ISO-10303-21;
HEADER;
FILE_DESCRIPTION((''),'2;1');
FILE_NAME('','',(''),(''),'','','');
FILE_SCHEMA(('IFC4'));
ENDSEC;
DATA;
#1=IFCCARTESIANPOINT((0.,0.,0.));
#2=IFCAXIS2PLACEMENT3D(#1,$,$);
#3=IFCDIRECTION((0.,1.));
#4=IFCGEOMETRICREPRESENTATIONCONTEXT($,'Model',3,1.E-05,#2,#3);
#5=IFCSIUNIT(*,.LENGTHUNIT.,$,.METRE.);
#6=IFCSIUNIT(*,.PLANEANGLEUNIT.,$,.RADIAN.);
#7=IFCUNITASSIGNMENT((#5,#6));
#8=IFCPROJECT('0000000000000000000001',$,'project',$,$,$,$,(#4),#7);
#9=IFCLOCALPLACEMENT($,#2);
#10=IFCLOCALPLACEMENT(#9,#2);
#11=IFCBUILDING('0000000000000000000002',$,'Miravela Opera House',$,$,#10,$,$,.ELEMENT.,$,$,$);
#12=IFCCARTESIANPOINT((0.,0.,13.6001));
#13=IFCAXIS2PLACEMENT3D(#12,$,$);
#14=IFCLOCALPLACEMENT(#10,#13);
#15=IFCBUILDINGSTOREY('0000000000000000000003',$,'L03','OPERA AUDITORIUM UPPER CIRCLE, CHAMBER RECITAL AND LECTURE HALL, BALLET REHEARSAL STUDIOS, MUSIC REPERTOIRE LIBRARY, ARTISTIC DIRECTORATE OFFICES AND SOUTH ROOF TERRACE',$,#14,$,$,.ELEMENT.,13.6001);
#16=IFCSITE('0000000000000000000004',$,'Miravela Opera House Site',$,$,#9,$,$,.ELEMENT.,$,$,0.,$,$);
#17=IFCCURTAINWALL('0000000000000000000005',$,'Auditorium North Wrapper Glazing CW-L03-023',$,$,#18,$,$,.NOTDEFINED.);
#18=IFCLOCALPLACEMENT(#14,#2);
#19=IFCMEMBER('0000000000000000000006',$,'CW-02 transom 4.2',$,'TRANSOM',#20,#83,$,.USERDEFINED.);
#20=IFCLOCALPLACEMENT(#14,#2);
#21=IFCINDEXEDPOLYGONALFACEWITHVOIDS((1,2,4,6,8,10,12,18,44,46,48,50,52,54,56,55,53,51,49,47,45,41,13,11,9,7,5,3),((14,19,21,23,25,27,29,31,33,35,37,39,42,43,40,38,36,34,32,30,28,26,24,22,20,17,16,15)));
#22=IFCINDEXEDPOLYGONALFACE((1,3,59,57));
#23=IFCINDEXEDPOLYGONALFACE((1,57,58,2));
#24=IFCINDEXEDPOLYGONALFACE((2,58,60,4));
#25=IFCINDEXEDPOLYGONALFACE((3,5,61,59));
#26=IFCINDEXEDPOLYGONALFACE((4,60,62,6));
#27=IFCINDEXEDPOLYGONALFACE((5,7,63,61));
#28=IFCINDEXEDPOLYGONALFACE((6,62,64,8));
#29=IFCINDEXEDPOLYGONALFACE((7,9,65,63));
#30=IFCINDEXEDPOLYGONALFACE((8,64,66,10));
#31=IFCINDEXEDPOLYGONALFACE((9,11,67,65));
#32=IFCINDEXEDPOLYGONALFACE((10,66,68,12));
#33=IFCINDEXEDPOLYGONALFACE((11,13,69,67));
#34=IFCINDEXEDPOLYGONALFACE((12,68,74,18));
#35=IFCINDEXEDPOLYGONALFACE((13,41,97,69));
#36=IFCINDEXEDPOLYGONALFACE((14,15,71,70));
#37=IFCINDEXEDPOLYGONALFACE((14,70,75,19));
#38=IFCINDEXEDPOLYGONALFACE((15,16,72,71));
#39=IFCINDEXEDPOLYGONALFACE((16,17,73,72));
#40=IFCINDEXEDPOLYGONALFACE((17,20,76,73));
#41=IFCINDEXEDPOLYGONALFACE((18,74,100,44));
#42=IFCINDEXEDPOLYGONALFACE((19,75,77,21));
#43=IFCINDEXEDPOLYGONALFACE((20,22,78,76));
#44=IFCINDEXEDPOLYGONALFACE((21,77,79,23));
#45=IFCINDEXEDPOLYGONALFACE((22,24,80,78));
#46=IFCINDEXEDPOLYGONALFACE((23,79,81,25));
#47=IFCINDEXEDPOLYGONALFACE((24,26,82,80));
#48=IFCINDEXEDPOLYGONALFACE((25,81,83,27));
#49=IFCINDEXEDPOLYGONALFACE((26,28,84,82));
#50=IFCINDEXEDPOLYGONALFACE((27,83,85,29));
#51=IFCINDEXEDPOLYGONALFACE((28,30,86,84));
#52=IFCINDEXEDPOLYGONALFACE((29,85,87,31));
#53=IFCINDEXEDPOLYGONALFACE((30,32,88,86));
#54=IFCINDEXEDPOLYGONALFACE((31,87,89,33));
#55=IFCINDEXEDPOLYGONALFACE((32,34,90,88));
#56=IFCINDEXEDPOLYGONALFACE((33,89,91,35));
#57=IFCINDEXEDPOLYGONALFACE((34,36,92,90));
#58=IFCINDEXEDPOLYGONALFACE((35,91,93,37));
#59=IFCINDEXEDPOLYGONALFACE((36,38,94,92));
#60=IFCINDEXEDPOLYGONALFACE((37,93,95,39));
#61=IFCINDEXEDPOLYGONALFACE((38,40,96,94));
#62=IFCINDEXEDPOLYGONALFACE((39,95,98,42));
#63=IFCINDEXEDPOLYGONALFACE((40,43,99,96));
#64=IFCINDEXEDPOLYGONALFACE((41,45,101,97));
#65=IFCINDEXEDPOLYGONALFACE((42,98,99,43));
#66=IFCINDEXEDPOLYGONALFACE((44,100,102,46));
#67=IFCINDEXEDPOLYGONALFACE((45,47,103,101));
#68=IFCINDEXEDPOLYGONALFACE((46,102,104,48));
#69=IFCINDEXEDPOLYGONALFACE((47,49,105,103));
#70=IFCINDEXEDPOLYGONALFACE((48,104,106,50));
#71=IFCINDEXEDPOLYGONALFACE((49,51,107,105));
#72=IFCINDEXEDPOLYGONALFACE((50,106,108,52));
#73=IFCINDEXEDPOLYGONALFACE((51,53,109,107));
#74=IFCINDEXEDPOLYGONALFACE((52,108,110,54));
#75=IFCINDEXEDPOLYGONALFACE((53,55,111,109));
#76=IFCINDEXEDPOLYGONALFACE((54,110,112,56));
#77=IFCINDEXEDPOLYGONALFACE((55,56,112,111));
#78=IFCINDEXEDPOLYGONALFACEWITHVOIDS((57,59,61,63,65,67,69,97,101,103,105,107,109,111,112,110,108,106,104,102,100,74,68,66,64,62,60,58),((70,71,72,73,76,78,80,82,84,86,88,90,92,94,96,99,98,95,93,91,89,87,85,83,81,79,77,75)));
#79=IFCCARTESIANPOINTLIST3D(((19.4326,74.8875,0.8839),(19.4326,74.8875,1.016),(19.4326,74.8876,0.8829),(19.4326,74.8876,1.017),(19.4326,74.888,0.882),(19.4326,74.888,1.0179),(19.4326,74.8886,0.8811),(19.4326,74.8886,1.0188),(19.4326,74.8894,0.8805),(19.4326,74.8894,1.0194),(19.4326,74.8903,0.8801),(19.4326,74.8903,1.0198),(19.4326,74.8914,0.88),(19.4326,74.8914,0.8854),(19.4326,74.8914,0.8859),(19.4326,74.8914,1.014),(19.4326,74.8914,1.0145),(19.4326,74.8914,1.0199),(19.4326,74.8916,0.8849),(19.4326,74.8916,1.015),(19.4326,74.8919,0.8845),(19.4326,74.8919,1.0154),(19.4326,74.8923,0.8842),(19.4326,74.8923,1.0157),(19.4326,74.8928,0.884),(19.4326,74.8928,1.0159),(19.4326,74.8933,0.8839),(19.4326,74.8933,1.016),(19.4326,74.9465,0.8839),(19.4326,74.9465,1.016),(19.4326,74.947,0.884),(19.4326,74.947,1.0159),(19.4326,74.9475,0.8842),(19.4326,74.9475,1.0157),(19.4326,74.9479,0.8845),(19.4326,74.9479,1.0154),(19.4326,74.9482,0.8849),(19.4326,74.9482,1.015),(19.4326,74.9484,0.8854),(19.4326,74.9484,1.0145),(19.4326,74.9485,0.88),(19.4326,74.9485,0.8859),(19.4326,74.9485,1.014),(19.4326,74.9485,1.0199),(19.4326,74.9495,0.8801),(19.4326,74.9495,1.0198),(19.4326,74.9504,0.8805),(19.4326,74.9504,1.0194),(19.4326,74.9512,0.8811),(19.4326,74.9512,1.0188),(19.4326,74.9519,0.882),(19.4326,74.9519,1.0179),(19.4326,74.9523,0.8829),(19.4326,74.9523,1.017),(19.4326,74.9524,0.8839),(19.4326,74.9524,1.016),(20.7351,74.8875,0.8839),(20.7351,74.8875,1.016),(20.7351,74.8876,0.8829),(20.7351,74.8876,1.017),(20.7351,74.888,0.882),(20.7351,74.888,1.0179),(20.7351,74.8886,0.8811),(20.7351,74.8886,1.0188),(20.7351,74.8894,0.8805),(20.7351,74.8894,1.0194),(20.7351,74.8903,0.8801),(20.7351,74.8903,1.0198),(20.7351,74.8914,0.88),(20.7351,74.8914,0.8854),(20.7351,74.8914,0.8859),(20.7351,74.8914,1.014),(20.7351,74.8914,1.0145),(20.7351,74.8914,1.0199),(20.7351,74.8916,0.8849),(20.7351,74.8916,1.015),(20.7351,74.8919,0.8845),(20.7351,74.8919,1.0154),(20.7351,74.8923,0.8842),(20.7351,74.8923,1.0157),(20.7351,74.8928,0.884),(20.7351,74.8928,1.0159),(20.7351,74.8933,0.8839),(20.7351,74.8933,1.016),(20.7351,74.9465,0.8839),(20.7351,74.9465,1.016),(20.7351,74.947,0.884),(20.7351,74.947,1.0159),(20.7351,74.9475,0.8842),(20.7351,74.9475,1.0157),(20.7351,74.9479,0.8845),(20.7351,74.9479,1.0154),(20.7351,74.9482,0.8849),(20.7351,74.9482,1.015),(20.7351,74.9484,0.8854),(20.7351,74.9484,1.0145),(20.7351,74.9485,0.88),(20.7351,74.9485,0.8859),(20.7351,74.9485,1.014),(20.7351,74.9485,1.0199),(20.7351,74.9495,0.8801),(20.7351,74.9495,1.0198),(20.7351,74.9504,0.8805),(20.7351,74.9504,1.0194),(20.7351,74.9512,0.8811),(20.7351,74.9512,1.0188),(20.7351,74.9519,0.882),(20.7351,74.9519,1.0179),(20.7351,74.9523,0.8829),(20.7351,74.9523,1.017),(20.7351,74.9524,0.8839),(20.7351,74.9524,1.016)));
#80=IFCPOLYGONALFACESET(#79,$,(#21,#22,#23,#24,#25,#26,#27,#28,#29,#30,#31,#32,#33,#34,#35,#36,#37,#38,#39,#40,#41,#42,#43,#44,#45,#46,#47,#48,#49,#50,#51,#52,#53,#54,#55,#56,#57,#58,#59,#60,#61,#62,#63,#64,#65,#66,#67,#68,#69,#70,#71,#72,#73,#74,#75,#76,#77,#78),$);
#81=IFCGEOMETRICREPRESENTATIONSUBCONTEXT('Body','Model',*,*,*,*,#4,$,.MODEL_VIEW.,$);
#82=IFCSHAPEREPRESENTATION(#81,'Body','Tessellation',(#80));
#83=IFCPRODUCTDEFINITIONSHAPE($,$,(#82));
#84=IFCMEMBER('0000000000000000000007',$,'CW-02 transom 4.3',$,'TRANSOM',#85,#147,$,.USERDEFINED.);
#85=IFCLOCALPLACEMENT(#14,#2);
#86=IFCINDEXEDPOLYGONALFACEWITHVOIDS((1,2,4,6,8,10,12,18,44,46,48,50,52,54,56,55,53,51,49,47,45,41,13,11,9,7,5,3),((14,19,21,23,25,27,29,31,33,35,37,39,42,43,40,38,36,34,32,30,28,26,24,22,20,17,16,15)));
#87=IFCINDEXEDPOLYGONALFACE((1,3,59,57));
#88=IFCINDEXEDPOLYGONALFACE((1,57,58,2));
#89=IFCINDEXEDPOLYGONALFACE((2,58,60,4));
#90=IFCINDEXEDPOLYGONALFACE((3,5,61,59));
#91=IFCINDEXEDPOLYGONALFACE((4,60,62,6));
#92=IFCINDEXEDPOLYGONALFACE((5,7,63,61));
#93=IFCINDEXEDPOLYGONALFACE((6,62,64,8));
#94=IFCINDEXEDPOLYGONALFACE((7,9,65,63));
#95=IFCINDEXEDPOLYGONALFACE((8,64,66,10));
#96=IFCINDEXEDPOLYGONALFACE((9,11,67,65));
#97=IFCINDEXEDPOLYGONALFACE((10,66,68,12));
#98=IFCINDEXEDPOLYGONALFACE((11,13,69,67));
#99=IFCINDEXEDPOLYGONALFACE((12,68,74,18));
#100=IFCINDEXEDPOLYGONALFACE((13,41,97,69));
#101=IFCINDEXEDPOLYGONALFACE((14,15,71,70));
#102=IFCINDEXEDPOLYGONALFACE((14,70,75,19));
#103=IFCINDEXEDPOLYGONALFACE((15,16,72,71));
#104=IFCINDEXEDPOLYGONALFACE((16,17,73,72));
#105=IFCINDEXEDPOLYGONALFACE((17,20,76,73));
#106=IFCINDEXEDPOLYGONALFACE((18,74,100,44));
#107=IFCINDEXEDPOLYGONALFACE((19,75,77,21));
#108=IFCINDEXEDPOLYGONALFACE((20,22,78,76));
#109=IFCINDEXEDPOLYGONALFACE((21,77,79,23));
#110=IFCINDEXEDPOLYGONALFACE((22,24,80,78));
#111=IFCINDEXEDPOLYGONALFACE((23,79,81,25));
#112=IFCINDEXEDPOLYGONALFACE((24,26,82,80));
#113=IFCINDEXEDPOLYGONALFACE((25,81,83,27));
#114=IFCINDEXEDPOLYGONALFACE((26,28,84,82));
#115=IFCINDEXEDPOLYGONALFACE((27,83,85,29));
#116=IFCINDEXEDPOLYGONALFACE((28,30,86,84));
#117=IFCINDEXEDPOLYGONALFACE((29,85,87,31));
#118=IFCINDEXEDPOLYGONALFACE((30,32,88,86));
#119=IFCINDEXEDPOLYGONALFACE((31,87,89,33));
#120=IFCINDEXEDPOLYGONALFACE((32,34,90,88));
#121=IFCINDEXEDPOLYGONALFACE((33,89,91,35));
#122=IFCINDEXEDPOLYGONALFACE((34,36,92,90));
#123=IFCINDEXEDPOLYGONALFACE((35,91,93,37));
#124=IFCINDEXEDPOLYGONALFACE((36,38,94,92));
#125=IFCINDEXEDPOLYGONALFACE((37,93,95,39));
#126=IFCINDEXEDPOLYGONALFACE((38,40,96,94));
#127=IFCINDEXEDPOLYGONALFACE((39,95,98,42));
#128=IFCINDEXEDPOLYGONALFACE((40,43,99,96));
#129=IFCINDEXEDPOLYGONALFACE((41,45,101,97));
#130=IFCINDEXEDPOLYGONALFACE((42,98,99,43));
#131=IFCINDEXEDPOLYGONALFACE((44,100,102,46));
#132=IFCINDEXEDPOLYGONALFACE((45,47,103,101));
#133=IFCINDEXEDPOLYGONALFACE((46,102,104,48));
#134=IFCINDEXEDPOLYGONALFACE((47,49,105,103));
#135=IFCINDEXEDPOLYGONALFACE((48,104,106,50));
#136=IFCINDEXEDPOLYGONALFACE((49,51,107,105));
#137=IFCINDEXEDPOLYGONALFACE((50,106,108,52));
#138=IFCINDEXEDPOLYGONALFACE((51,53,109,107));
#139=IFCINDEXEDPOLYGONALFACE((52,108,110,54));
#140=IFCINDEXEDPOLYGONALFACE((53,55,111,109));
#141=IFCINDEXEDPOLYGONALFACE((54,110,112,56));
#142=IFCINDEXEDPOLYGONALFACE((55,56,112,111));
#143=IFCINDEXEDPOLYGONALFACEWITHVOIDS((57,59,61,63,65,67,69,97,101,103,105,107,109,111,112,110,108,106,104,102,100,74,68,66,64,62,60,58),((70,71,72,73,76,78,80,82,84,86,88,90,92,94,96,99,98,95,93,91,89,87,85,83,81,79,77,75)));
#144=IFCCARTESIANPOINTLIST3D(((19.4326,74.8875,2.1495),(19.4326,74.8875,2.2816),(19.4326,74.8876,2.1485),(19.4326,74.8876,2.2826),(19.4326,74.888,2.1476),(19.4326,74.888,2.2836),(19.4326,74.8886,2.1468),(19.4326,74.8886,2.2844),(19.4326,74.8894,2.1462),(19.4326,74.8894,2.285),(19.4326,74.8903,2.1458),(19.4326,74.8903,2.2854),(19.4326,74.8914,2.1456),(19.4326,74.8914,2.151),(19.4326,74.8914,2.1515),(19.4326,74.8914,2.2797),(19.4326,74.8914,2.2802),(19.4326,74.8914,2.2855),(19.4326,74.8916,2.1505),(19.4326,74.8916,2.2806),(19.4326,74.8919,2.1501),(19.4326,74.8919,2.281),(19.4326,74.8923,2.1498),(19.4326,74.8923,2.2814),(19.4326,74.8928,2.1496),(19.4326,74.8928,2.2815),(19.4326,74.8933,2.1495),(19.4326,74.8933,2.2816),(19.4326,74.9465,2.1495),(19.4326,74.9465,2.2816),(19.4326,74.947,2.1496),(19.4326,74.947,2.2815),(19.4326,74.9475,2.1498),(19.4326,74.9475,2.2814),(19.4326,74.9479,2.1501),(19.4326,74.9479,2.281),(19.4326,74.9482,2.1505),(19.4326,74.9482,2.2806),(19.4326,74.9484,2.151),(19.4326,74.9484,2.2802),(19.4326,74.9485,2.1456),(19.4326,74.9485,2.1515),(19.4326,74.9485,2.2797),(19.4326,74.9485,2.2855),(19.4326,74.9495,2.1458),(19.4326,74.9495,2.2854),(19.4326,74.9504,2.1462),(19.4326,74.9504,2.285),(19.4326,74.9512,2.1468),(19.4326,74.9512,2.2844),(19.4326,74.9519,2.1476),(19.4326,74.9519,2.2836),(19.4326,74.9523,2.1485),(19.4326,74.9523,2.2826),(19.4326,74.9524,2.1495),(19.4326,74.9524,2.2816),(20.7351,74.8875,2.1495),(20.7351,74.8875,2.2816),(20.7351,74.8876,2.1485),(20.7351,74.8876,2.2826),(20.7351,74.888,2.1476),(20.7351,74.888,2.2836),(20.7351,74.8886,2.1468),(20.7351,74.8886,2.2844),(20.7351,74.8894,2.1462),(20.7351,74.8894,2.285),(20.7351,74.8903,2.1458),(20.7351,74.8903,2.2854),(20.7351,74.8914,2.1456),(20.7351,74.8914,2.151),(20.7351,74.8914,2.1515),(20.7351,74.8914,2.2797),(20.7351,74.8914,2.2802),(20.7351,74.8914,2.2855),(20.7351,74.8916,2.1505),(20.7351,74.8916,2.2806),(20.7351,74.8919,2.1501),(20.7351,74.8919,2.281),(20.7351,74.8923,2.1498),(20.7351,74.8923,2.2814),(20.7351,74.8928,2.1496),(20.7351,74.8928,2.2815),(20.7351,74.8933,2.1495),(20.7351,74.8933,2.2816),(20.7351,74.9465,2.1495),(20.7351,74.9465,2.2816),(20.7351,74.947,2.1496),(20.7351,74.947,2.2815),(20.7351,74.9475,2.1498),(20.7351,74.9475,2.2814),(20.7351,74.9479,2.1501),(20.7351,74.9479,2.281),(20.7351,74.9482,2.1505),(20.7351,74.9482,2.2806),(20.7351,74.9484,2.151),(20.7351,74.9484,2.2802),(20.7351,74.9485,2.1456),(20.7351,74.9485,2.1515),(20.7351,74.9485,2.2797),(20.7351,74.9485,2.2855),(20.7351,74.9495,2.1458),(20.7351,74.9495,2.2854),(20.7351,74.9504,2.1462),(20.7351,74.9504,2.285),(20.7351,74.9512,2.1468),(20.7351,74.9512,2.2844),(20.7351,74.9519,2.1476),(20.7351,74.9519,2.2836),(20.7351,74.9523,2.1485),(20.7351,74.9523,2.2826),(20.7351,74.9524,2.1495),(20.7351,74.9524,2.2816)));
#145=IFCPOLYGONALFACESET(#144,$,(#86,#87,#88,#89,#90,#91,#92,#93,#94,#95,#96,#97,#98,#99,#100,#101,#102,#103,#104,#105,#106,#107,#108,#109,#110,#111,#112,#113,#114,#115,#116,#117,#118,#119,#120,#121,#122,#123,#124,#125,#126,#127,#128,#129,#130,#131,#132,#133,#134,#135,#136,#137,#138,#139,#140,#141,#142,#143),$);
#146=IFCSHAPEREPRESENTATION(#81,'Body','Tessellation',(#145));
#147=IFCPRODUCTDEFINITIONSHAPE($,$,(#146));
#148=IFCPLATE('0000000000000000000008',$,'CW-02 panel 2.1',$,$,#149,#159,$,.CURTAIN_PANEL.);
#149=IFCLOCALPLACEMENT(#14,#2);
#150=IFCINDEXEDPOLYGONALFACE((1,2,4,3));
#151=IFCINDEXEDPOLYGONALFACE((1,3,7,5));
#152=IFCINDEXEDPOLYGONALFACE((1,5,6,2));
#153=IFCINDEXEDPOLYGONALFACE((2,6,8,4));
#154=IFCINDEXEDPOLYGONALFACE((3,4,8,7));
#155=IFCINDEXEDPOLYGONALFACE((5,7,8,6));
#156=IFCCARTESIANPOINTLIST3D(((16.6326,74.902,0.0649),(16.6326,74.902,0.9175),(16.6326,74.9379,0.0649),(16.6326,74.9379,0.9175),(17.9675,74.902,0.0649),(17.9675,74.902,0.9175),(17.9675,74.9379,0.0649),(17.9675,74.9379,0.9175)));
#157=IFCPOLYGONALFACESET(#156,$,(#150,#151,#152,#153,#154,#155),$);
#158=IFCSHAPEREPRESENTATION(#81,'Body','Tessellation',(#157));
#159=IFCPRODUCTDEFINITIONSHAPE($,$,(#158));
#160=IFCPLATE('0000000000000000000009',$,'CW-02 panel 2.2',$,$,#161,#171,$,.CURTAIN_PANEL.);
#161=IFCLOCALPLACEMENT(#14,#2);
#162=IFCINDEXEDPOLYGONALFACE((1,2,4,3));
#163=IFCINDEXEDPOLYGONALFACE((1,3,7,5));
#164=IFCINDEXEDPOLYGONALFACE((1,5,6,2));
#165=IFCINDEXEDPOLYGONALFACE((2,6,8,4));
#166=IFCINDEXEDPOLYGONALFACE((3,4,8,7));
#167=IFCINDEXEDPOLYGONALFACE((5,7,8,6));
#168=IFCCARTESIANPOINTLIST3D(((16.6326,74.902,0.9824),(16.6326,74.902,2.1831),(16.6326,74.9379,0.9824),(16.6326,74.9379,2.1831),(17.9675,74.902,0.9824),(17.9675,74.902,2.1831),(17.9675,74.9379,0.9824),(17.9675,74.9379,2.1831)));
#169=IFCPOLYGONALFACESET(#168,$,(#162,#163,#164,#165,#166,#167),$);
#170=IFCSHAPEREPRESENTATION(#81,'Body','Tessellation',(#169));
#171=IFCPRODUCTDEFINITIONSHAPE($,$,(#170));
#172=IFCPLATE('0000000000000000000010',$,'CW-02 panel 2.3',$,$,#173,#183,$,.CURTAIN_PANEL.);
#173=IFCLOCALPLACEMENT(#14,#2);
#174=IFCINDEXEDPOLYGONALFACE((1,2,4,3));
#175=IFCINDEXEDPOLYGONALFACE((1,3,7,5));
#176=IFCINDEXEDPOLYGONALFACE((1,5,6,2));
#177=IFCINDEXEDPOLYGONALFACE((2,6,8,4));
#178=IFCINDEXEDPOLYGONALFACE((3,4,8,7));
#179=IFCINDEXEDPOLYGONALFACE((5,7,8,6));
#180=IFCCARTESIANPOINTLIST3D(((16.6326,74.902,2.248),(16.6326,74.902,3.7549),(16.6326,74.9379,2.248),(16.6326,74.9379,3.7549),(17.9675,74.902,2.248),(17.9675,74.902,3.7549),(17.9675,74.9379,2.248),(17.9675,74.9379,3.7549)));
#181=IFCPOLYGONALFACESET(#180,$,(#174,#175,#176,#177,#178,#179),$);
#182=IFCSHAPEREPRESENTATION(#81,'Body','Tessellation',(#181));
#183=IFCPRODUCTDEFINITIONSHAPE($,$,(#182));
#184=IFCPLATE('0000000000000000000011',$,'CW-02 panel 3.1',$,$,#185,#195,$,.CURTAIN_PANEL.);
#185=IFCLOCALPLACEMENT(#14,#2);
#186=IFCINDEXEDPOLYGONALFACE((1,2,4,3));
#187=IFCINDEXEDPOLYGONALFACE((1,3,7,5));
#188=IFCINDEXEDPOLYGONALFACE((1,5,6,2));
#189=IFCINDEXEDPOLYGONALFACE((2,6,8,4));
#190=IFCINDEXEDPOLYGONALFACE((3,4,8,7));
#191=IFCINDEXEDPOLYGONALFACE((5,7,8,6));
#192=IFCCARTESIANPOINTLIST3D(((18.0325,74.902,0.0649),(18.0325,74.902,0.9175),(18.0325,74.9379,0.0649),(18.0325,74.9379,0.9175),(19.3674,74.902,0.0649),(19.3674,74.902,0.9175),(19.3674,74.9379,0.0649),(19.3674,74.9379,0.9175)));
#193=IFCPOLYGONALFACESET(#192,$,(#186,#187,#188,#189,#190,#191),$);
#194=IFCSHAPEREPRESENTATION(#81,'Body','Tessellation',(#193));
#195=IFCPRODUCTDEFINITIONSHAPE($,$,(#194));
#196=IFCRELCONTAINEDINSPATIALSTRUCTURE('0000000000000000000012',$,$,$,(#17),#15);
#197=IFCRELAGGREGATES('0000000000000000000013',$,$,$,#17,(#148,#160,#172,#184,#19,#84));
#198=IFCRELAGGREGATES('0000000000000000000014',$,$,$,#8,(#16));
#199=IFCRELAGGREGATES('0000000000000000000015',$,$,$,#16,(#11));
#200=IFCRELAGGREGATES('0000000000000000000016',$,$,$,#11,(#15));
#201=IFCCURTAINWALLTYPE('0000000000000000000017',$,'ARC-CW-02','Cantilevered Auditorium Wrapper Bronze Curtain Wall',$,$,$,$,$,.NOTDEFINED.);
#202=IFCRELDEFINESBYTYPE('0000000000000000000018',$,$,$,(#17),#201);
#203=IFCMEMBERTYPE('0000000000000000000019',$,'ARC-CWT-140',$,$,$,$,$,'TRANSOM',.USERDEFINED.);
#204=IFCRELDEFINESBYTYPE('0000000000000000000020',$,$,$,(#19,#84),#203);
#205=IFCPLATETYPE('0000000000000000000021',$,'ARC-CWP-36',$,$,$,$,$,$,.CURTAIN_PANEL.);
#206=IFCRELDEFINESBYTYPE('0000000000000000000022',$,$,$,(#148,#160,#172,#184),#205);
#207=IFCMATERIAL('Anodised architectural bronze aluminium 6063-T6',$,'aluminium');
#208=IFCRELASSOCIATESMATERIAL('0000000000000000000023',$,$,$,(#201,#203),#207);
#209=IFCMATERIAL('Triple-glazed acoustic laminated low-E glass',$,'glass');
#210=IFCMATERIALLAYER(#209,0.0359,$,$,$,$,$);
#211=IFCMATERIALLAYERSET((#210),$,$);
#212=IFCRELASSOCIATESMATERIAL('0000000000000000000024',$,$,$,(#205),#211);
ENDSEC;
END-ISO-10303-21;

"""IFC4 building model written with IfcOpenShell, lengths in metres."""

from ifc_helpers import new_model, si_unit, direction, frame, origin, origin_2d, place, context, subcontext, project, spatial, rectangle, hollow_rectangle, extrude, material, layer, layer_set, material_profile, profile_set, type_object, element, aggregate, save


model = new_model("IFC4")

# Units and contexts
model_context = context("Model", 3, precision=1e-05, world=origin(), true_north=direction((0.0, 1.0)))
body_context = subcontext(model_context, "Body", "Model", "MODEL_VIEW")
ifc_project = project(units=[si_unit("LENGTHUNIT", "METRE"), si_unit("PLANEANGLEUNIT", "RADIAN")], contexts=[model_context])

# Site, building, storey
site_placement = place(None, origin())
site = spatial("IfcSite", under=ifc_project, at=site_placement, Name="Miravela Opera House Site", CompositionType="ELEMENT", RefElevation=0.0)
building_placement = place(site_placement, origin())
building = spatial("IfcBuilding", under=site, at=building_placement, Name="Miravela Opera House", CompositionType="ELEMENT")
storey_placement = place(building_placement, frame((0.0, 0.0, 13.6001)))
storey = spatial("IfcBuildingStorey", under=building, at=storey_placement, Name="L03", Description="OPERA AUDITORIUM UPPER CIRCLE, CHAMBER RECITAL AND LECTURE HALL, BALLET REHEARSAL STUDIOS, MUSIC REPERTOIRE LIBRARY, ARTISTIC DIRECTORATE OFFICES AND SOUTH ROOF TERRACE", CompositionType="ELEMENT", Elevation=13.6001)

# Curtain wall, members, plates
ifc_material_1 = material(Name="Anodised architectural bronze aluminium 6063-T6", Category="aluminium")
curtain_wall_type = type_object("IfcCurtainWallType", Name="ARC-CW-02", Description="Cantilevered Auditorium Wrapper Bronze Curtain Wall", PredefinedType="NOTDEFINED", material=ifc_material_1)
curtain_wall_placement = place(storey_placement, origin())
curtain_wall = element("IfcCurtainWall", 1, at=curtain_wall_placement, inside=storey, type_object=curtain_wall_type, Name="Auditorium North Wrapper Glazing CW-L03-023", PredefinedType="NOTDEFINED")
ifc_material_profile_1 = material_profile(ifc_material_1, hollow_rectangle(XDim=0.0649, YDim=0.1399, WallThickness=0.0039, InnerFilletRadius=0.002, OuterFilletRadius=0.0039, at=origin_2d()), Name="CWT-65X140")
ifc_profile_set_1 = profile_set([ifc_material_profile_1])
member_type_1 = type_object("IfcMemberType", Name="ARC-CWT-140", ElementType="TRANSOM", PredefinedType="USERDEFINED", material=ifc_profile_set_1)
member_1_placement = place(storey_placement, frame((19.4326, 74.9199, 0.95), z_axis=(1.0, 0.0, 0.0), x_axis=(0.0, 1.0, 0.0)))
member_1 = element("IfcMember", 2, at=member_1_placement, type_object=member_type_1, Name="CW-02 transom 4.2", ObjectType="TRANSOM", PredefinedType="USERDEFINED", context=body_context, shape_type="SweptSolid", body=[
    extrude(hollow_rectangle(XDim=0.0649, YDim=0.1399, WallThickness=0.0039, InnerFilletRadius=0.002, OuterFilletRadius=0.0039, at=origin_2d()), origin(), (0.0, 0.0, 1.0), 1.3025),
])
member_2_placement = place(storey_placement, frame((19.4326, 74.9199, 2.2156), z_axis=(1.0, 0.0, 0.0), x_axis=(0.0, 1.0, 0.0)))
member_2 = element("IfcMember", 3, at=member_2_placement, type_object=member_type_1, Name="CW-02 transom 4.3", ObjectType="TRANSOM", PredefinedType="USERDEFINED", context=body_context, shape_type="SweptSolid", body=[
    extrude(hollow_rectangle(XDim=0.0649, YDim=0.1399, WallThickness=0.0039, InnerFilletRadius=0.002, OuterFilletRadius=0.0039, at=origin_2d()), origin(), (0.0, 0.0, 1.0), 1.3025),
])
ifc_material_2 = material(Name="Triple-glazed acoustic laminated low-E glass", Category="glass")
ifc_layer = layer(ifc_material_2, 0.0359)
ifc_layer_set = layer_set([ifc_layer])
plate_type = type_object("IfcPlateType", Name="ARC-CWP-36", PredefinedType="CURTAIN_PANEL", material=ifc_layer_set)
plate_1_placement = place(storey_placement, frame((17.3, 74.9199, 0.0649), z_axis=(0.0, 0.0, 1.0), x_axis=(1.0, 0.0, 0.0)))
plate_1 = element("IfcPlate", 4, at=plate_1_placement, type_object=plate_type, Name="CW-02 panel 2.1", PredefinedType="CURTAIN_PANEL", context=body_context, shape_type="SweptSolid", body=[
    extrude(rectangle(XDim=1.335, YDim=0.0359, at=origin_2d()), origin(), (0.0, 0.0, 1.0), 0.8525),
])
plate_2_placement = place(storey_placement, frame((17.3, 74.9199, 0.9824), z_axis=(0.0, 0.0, 1.0), x_axis=(1.0, 0.0, 0.0)))
plate_2 = element("IfcPlate", 5, at=plate_2_placement, type_object=plate_type, Name="CW-02 panel 2.2", PredefinedType="CURTAIN_PANEL", context=body_context, shape_type="SweptSolid", body=[
    extrude(rectangle(XDim=1.335, YDim=0.0359, at=origin_2d()), origin(), (0.0, 0.0, 1.0), 1.2007),
])
plate_3_placement = place(storey_placement, frame((17.3, 74.9199, 2.248), z_axis=(0.0, 0.0, 1.0), x_axis=(1.0, 0.0, 0.0)))
plate_3 = element("IfcPlate", 6, at=plate_3_placement, type_object=plate_type, Name="CW-02 panel 2.3", PredefinedType="CURTAIN_PANEL", context=body_context, shape_type="SweptSolid", body=[
    extrude(rectangle(XDim=1.335, YDim=0.0359, at=origin_2d()), origin(), (0.0, 0.0, 1.0), 1.5068),
])
plate_4_placement = place(storey_placement, frame((18.7, 74.9199, 0.0649), z_axis=(0.0, 0.0, 1.0), x_axis=(1.0, 0.0, 0.0)))
plate_4 = element("IfcPlate", 7, at=plate_4_placement, type_object=plate_type, Name="CW-02 panel 3.1", PredefinedType="CURTAIN_PANEL", context=body_context, shape_type="SweptSolid", body=[
    extrude(rectangle(XDim=1.335, YDim=0.0359, at=origin_2d()), origin(), (0.0, 0.0, 1.0), 0.8525),
])
aggregate(curtain_wall, [plate_1, plate_2, plate_3, plate_4, member_1, member_2])

save(model, "model.ifc")
